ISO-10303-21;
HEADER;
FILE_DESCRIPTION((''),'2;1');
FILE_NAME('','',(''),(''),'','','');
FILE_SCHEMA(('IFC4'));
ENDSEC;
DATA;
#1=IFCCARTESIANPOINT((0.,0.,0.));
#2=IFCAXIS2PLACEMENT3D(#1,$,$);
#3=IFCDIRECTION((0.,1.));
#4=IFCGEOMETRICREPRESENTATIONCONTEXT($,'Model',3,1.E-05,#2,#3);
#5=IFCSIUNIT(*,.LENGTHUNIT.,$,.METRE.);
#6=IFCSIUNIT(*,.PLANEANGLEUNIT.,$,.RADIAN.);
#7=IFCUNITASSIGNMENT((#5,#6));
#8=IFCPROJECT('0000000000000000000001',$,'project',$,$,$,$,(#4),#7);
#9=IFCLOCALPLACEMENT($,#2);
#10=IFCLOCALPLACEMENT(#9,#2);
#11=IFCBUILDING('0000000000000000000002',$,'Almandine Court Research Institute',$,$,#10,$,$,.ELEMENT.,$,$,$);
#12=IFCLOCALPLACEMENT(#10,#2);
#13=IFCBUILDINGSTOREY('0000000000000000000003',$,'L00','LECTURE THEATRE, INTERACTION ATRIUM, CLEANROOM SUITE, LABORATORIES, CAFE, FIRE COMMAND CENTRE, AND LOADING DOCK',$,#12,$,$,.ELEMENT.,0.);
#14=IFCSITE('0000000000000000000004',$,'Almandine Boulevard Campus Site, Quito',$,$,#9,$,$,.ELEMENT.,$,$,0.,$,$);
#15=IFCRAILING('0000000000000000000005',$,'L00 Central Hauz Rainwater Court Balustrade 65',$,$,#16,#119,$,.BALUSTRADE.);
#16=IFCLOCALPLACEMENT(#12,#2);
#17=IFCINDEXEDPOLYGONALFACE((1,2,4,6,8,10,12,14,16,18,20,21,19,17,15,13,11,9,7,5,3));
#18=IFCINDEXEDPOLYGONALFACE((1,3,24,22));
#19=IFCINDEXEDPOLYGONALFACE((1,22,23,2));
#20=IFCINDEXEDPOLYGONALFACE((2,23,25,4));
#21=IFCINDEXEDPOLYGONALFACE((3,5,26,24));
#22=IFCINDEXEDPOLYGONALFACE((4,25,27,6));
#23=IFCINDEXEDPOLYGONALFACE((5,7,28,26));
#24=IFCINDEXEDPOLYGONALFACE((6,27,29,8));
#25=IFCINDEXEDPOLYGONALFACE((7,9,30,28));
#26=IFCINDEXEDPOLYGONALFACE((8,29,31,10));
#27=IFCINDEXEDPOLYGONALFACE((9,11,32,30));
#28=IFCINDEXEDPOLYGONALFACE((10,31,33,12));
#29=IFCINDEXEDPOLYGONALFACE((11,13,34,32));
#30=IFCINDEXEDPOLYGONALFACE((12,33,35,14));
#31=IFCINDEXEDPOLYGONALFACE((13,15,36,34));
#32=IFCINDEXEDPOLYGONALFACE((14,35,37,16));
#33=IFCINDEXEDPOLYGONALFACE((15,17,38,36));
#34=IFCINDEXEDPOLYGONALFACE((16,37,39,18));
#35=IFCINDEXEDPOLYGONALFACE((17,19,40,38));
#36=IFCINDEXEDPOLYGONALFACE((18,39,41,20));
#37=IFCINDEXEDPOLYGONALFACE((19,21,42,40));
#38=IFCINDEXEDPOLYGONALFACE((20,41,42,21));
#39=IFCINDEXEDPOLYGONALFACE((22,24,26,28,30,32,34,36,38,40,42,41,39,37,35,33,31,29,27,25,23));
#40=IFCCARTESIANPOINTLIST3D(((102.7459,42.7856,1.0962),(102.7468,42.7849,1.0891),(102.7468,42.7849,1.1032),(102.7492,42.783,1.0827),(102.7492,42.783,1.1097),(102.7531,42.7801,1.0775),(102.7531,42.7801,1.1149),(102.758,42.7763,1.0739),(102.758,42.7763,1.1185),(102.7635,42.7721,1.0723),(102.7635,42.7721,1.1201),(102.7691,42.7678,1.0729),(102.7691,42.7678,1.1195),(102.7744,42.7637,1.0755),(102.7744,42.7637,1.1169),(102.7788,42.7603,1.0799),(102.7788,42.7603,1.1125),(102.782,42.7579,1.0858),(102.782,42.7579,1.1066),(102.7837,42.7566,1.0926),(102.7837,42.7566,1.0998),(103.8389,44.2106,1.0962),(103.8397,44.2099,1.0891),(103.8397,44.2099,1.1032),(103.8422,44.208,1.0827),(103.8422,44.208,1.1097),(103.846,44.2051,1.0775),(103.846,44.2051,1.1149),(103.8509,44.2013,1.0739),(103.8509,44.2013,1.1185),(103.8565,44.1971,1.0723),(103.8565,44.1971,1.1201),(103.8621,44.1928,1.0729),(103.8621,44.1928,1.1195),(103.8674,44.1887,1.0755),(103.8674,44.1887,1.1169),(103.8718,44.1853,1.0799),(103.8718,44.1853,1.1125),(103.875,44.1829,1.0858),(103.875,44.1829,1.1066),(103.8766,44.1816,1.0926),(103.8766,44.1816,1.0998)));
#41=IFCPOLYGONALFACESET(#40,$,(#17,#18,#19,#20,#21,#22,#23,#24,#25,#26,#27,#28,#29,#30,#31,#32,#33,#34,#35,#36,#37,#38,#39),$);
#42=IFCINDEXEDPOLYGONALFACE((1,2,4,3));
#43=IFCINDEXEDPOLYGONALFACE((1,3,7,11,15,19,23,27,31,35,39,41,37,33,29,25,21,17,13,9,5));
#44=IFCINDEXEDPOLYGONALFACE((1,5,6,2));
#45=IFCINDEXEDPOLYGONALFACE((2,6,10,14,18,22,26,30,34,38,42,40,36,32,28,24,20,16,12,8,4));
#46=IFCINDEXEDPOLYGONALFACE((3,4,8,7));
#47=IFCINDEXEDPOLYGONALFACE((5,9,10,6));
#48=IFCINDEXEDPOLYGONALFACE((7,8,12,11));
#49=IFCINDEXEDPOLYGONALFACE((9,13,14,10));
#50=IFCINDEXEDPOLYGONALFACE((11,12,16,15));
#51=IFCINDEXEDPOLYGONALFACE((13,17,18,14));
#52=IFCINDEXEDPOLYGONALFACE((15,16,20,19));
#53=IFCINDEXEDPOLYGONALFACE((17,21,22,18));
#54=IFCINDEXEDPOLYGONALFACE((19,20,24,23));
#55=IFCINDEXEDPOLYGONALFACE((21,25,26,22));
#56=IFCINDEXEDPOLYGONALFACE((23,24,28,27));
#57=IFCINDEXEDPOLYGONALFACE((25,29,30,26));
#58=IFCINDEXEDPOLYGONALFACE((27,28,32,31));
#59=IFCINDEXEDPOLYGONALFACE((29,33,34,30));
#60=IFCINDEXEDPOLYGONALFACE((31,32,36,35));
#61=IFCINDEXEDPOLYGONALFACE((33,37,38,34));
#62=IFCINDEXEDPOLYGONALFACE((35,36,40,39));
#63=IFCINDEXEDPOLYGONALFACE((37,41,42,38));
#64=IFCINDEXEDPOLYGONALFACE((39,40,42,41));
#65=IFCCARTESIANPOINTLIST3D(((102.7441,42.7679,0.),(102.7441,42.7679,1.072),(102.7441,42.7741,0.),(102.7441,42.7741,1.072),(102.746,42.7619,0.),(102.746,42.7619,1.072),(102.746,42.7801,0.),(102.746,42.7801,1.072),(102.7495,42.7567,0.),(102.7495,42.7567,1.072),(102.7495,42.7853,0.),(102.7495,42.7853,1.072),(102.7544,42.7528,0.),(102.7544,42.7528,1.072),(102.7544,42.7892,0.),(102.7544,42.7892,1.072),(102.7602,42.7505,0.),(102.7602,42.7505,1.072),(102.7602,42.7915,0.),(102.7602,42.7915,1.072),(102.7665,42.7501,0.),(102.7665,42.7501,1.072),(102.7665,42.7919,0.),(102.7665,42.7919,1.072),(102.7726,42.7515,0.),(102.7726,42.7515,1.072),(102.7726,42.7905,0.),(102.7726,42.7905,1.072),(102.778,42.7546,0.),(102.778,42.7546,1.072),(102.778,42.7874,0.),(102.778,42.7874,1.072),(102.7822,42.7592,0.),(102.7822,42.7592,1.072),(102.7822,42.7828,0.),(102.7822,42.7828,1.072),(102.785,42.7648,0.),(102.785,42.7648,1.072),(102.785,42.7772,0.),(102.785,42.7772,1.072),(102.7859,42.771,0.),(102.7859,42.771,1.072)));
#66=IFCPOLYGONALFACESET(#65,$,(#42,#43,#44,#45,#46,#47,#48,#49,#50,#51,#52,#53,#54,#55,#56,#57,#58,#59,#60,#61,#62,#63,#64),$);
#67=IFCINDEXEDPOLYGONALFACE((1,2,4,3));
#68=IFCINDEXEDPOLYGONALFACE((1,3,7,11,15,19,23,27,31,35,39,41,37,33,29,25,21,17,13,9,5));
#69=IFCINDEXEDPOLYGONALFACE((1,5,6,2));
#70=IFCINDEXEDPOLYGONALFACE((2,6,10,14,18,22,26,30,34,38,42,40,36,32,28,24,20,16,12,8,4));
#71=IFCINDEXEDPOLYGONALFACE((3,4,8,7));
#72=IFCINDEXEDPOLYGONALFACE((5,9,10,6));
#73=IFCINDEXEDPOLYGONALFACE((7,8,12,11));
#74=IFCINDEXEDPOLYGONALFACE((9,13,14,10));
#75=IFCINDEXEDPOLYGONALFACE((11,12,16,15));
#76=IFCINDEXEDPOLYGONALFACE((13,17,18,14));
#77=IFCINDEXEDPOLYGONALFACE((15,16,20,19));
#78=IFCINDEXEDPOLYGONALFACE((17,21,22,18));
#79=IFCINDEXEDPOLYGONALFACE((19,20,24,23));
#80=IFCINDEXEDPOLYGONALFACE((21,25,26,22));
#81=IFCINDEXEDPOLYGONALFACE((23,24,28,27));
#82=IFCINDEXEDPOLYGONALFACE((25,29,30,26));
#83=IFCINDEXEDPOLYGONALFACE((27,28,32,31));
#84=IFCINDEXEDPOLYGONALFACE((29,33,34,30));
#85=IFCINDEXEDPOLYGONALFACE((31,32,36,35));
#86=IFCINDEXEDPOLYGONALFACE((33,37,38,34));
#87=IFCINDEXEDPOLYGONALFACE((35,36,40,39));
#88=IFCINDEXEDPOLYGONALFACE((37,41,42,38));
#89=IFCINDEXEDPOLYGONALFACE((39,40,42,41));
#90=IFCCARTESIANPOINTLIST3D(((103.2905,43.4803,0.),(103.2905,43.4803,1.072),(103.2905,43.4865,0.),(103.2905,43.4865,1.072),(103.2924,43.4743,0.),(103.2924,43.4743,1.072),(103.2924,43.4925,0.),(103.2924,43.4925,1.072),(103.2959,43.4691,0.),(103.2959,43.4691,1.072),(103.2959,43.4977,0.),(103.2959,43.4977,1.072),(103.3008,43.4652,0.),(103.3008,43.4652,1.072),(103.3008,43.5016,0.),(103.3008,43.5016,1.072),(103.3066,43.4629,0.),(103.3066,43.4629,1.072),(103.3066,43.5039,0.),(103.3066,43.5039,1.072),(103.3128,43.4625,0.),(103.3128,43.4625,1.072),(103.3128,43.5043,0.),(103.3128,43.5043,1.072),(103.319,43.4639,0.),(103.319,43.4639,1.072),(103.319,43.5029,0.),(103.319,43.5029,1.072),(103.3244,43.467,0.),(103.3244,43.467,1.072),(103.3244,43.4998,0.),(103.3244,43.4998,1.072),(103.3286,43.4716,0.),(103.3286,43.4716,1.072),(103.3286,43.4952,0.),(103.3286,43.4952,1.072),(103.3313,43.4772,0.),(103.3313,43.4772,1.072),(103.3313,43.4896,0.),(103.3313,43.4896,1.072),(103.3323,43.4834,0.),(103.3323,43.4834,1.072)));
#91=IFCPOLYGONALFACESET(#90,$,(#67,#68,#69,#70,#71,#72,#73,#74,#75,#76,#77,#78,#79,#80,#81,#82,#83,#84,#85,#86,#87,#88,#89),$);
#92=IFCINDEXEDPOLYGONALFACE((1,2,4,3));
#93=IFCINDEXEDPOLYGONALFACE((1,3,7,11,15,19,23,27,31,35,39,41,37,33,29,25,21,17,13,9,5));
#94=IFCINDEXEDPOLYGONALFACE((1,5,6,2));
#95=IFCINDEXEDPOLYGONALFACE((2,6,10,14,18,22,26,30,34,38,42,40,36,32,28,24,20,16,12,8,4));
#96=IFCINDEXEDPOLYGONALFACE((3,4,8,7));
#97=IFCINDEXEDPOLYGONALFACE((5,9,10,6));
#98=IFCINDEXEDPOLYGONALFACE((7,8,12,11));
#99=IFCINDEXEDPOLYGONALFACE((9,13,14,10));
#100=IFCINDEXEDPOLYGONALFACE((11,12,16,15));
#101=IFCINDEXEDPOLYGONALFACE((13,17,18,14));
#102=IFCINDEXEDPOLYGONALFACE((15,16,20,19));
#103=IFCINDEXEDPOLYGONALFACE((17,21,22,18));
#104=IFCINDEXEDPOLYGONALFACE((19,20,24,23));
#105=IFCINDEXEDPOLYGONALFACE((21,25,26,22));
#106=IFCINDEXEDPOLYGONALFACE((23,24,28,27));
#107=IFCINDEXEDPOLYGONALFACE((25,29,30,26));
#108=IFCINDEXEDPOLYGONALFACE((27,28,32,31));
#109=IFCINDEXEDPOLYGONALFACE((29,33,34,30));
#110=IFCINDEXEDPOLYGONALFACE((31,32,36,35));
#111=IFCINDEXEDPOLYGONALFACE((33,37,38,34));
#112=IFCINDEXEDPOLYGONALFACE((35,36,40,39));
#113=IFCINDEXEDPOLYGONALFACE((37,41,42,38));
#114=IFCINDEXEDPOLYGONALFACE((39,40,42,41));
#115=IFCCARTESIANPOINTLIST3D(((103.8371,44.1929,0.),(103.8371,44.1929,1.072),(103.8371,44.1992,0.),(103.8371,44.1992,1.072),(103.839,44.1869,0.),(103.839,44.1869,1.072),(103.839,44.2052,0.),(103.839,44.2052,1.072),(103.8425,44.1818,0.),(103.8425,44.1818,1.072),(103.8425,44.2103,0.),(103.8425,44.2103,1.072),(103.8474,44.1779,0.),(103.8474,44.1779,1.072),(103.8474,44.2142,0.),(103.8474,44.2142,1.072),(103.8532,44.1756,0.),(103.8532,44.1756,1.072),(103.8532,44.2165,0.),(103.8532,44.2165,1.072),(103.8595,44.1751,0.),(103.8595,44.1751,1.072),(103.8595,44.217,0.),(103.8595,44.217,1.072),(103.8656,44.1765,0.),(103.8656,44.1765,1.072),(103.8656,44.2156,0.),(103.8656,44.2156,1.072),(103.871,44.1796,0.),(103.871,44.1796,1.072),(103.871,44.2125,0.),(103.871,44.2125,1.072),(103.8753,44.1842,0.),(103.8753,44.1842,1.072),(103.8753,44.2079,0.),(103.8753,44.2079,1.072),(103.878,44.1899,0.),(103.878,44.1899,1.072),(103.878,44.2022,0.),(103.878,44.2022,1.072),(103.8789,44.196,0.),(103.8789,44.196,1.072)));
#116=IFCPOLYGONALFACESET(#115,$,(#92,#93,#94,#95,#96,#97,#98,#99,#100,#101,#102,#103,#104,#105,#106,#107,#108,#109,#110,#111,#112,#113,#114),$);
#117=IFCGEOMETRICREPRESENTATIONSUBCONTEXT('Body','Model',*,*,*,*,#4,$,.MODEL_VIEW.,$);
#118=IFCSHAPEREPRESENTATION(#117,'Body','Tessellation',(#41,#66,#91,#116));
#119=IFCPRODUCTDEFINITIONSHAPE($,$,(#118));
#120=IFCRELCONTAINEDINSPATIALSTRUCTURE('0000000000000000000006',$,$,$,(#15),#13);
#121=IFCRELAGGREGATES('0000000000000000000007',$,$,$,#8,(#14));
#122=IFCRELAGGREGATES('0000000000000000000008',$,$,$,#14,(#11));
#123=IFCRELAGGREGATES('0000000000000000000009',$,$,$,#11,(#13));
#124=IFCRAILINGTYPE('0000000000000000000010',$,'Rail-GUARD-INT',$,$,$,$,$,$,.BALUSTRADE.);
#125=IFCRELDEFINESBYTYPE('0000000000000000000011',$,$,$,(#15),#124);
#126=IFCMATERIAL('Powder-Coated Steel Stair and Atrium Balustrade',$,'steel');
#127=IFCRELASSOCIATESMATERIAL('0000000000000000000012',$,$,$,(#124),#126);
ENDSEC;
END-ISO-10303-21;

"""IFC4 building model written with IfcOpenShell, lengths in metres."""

from ifc_helpers import new_model, si_unit, direction, frame, origin, origin_2d, place, context, subcontext, project, spatial, circle, extrude, material, type_object, element, save


model = new_model("IFC4")

# Units and contexts
model_context = context("Model", 3, precision=1e-05, world=origin(), true_north=direction((0.0, 1.0)))
body_context = subcontext(model_context, "Body", "Model", "MODEL_VIEW")
ifc_project = project(units=[si_unit("LENGTHUNIT", "METRE"), si_unit("PLANEANGLEUNIT", "RADIAN")], contexts=[model_context])

# Site, building, storey
site_placement = place(None, origin())
site = spatial("IfcSite", under=ifc_project, at=site_placement, Name="Almandine Boulevard Campus Site, Quito", CompositionType="ELEMENT", RefElevation=0.0)
building_placement = place(site_placement, origin())
building = spatial("IfcBuilding", under=site, at=building_placement, Name="Almandine Court Research Institute", CompositionType="ELEMENT")
storey_placement = place(building_placement, origin())
storey = spatial("IfcBuildingStorey", under=building, at=storey_placement, Name="L00", Description="LECTURE THEATRE, INTERACTION ATRIUM, CLEANROOM SUITE, LABORATORIES, CAFE, FIRE COMMAND CENTRE, AND LOADING DOCK", CompositionType="ELEMENT", Elevation=0.0)

# Railing
ifc_material_1 = material(Name="Powder-Coated Steel Stair and Atrium Balustrade", Category="steel")
railing_type = type_object("IfcRailingType", Name="Rail-GUARD-INT", PredefinedType="BALUSTRADE", material=ifc_material_1)
railing_1_placement = place(storey_placement, frame((102.7649, 42.771, 0.0)))
element("IfcRailing", 1, at=railing_1_placement, inside=storey, type_object=railing_type, Name="L00 Central Hauz Rainwater Court Balustrade 65", PredefinedType="BALUSTRADE", context=body_context, shape_type="SweptSolid", body=[
    extrude(circle(Radius=0.0239, at=origin_2d()), frame((0.0, 0.0, 1.0962), z_axis=(0.6086, 0.793477, 0.0), x_axis=(-0.793477, 0.6086, 0.0)), (0.0, 0.0, 1.0), 1.7959),
    extrude(circle(Radius=0.021, at=origin_2d()), origin(), (0.0, 0.0, 1.0), 1.072),
    extrude(circle(Radius=0.021, at=origin_2d()), frame((0.5464, 0.7124, 0.0)), (0.0, 0.0, 1.0), 1.072),
    extrude(circle(Radius=0.021, at=origin_2d()), frame((1.093, 1.425, 0.0)), (0.0, 0.0, 1.0), 1.072),
])

save(model, "model.ifc")
